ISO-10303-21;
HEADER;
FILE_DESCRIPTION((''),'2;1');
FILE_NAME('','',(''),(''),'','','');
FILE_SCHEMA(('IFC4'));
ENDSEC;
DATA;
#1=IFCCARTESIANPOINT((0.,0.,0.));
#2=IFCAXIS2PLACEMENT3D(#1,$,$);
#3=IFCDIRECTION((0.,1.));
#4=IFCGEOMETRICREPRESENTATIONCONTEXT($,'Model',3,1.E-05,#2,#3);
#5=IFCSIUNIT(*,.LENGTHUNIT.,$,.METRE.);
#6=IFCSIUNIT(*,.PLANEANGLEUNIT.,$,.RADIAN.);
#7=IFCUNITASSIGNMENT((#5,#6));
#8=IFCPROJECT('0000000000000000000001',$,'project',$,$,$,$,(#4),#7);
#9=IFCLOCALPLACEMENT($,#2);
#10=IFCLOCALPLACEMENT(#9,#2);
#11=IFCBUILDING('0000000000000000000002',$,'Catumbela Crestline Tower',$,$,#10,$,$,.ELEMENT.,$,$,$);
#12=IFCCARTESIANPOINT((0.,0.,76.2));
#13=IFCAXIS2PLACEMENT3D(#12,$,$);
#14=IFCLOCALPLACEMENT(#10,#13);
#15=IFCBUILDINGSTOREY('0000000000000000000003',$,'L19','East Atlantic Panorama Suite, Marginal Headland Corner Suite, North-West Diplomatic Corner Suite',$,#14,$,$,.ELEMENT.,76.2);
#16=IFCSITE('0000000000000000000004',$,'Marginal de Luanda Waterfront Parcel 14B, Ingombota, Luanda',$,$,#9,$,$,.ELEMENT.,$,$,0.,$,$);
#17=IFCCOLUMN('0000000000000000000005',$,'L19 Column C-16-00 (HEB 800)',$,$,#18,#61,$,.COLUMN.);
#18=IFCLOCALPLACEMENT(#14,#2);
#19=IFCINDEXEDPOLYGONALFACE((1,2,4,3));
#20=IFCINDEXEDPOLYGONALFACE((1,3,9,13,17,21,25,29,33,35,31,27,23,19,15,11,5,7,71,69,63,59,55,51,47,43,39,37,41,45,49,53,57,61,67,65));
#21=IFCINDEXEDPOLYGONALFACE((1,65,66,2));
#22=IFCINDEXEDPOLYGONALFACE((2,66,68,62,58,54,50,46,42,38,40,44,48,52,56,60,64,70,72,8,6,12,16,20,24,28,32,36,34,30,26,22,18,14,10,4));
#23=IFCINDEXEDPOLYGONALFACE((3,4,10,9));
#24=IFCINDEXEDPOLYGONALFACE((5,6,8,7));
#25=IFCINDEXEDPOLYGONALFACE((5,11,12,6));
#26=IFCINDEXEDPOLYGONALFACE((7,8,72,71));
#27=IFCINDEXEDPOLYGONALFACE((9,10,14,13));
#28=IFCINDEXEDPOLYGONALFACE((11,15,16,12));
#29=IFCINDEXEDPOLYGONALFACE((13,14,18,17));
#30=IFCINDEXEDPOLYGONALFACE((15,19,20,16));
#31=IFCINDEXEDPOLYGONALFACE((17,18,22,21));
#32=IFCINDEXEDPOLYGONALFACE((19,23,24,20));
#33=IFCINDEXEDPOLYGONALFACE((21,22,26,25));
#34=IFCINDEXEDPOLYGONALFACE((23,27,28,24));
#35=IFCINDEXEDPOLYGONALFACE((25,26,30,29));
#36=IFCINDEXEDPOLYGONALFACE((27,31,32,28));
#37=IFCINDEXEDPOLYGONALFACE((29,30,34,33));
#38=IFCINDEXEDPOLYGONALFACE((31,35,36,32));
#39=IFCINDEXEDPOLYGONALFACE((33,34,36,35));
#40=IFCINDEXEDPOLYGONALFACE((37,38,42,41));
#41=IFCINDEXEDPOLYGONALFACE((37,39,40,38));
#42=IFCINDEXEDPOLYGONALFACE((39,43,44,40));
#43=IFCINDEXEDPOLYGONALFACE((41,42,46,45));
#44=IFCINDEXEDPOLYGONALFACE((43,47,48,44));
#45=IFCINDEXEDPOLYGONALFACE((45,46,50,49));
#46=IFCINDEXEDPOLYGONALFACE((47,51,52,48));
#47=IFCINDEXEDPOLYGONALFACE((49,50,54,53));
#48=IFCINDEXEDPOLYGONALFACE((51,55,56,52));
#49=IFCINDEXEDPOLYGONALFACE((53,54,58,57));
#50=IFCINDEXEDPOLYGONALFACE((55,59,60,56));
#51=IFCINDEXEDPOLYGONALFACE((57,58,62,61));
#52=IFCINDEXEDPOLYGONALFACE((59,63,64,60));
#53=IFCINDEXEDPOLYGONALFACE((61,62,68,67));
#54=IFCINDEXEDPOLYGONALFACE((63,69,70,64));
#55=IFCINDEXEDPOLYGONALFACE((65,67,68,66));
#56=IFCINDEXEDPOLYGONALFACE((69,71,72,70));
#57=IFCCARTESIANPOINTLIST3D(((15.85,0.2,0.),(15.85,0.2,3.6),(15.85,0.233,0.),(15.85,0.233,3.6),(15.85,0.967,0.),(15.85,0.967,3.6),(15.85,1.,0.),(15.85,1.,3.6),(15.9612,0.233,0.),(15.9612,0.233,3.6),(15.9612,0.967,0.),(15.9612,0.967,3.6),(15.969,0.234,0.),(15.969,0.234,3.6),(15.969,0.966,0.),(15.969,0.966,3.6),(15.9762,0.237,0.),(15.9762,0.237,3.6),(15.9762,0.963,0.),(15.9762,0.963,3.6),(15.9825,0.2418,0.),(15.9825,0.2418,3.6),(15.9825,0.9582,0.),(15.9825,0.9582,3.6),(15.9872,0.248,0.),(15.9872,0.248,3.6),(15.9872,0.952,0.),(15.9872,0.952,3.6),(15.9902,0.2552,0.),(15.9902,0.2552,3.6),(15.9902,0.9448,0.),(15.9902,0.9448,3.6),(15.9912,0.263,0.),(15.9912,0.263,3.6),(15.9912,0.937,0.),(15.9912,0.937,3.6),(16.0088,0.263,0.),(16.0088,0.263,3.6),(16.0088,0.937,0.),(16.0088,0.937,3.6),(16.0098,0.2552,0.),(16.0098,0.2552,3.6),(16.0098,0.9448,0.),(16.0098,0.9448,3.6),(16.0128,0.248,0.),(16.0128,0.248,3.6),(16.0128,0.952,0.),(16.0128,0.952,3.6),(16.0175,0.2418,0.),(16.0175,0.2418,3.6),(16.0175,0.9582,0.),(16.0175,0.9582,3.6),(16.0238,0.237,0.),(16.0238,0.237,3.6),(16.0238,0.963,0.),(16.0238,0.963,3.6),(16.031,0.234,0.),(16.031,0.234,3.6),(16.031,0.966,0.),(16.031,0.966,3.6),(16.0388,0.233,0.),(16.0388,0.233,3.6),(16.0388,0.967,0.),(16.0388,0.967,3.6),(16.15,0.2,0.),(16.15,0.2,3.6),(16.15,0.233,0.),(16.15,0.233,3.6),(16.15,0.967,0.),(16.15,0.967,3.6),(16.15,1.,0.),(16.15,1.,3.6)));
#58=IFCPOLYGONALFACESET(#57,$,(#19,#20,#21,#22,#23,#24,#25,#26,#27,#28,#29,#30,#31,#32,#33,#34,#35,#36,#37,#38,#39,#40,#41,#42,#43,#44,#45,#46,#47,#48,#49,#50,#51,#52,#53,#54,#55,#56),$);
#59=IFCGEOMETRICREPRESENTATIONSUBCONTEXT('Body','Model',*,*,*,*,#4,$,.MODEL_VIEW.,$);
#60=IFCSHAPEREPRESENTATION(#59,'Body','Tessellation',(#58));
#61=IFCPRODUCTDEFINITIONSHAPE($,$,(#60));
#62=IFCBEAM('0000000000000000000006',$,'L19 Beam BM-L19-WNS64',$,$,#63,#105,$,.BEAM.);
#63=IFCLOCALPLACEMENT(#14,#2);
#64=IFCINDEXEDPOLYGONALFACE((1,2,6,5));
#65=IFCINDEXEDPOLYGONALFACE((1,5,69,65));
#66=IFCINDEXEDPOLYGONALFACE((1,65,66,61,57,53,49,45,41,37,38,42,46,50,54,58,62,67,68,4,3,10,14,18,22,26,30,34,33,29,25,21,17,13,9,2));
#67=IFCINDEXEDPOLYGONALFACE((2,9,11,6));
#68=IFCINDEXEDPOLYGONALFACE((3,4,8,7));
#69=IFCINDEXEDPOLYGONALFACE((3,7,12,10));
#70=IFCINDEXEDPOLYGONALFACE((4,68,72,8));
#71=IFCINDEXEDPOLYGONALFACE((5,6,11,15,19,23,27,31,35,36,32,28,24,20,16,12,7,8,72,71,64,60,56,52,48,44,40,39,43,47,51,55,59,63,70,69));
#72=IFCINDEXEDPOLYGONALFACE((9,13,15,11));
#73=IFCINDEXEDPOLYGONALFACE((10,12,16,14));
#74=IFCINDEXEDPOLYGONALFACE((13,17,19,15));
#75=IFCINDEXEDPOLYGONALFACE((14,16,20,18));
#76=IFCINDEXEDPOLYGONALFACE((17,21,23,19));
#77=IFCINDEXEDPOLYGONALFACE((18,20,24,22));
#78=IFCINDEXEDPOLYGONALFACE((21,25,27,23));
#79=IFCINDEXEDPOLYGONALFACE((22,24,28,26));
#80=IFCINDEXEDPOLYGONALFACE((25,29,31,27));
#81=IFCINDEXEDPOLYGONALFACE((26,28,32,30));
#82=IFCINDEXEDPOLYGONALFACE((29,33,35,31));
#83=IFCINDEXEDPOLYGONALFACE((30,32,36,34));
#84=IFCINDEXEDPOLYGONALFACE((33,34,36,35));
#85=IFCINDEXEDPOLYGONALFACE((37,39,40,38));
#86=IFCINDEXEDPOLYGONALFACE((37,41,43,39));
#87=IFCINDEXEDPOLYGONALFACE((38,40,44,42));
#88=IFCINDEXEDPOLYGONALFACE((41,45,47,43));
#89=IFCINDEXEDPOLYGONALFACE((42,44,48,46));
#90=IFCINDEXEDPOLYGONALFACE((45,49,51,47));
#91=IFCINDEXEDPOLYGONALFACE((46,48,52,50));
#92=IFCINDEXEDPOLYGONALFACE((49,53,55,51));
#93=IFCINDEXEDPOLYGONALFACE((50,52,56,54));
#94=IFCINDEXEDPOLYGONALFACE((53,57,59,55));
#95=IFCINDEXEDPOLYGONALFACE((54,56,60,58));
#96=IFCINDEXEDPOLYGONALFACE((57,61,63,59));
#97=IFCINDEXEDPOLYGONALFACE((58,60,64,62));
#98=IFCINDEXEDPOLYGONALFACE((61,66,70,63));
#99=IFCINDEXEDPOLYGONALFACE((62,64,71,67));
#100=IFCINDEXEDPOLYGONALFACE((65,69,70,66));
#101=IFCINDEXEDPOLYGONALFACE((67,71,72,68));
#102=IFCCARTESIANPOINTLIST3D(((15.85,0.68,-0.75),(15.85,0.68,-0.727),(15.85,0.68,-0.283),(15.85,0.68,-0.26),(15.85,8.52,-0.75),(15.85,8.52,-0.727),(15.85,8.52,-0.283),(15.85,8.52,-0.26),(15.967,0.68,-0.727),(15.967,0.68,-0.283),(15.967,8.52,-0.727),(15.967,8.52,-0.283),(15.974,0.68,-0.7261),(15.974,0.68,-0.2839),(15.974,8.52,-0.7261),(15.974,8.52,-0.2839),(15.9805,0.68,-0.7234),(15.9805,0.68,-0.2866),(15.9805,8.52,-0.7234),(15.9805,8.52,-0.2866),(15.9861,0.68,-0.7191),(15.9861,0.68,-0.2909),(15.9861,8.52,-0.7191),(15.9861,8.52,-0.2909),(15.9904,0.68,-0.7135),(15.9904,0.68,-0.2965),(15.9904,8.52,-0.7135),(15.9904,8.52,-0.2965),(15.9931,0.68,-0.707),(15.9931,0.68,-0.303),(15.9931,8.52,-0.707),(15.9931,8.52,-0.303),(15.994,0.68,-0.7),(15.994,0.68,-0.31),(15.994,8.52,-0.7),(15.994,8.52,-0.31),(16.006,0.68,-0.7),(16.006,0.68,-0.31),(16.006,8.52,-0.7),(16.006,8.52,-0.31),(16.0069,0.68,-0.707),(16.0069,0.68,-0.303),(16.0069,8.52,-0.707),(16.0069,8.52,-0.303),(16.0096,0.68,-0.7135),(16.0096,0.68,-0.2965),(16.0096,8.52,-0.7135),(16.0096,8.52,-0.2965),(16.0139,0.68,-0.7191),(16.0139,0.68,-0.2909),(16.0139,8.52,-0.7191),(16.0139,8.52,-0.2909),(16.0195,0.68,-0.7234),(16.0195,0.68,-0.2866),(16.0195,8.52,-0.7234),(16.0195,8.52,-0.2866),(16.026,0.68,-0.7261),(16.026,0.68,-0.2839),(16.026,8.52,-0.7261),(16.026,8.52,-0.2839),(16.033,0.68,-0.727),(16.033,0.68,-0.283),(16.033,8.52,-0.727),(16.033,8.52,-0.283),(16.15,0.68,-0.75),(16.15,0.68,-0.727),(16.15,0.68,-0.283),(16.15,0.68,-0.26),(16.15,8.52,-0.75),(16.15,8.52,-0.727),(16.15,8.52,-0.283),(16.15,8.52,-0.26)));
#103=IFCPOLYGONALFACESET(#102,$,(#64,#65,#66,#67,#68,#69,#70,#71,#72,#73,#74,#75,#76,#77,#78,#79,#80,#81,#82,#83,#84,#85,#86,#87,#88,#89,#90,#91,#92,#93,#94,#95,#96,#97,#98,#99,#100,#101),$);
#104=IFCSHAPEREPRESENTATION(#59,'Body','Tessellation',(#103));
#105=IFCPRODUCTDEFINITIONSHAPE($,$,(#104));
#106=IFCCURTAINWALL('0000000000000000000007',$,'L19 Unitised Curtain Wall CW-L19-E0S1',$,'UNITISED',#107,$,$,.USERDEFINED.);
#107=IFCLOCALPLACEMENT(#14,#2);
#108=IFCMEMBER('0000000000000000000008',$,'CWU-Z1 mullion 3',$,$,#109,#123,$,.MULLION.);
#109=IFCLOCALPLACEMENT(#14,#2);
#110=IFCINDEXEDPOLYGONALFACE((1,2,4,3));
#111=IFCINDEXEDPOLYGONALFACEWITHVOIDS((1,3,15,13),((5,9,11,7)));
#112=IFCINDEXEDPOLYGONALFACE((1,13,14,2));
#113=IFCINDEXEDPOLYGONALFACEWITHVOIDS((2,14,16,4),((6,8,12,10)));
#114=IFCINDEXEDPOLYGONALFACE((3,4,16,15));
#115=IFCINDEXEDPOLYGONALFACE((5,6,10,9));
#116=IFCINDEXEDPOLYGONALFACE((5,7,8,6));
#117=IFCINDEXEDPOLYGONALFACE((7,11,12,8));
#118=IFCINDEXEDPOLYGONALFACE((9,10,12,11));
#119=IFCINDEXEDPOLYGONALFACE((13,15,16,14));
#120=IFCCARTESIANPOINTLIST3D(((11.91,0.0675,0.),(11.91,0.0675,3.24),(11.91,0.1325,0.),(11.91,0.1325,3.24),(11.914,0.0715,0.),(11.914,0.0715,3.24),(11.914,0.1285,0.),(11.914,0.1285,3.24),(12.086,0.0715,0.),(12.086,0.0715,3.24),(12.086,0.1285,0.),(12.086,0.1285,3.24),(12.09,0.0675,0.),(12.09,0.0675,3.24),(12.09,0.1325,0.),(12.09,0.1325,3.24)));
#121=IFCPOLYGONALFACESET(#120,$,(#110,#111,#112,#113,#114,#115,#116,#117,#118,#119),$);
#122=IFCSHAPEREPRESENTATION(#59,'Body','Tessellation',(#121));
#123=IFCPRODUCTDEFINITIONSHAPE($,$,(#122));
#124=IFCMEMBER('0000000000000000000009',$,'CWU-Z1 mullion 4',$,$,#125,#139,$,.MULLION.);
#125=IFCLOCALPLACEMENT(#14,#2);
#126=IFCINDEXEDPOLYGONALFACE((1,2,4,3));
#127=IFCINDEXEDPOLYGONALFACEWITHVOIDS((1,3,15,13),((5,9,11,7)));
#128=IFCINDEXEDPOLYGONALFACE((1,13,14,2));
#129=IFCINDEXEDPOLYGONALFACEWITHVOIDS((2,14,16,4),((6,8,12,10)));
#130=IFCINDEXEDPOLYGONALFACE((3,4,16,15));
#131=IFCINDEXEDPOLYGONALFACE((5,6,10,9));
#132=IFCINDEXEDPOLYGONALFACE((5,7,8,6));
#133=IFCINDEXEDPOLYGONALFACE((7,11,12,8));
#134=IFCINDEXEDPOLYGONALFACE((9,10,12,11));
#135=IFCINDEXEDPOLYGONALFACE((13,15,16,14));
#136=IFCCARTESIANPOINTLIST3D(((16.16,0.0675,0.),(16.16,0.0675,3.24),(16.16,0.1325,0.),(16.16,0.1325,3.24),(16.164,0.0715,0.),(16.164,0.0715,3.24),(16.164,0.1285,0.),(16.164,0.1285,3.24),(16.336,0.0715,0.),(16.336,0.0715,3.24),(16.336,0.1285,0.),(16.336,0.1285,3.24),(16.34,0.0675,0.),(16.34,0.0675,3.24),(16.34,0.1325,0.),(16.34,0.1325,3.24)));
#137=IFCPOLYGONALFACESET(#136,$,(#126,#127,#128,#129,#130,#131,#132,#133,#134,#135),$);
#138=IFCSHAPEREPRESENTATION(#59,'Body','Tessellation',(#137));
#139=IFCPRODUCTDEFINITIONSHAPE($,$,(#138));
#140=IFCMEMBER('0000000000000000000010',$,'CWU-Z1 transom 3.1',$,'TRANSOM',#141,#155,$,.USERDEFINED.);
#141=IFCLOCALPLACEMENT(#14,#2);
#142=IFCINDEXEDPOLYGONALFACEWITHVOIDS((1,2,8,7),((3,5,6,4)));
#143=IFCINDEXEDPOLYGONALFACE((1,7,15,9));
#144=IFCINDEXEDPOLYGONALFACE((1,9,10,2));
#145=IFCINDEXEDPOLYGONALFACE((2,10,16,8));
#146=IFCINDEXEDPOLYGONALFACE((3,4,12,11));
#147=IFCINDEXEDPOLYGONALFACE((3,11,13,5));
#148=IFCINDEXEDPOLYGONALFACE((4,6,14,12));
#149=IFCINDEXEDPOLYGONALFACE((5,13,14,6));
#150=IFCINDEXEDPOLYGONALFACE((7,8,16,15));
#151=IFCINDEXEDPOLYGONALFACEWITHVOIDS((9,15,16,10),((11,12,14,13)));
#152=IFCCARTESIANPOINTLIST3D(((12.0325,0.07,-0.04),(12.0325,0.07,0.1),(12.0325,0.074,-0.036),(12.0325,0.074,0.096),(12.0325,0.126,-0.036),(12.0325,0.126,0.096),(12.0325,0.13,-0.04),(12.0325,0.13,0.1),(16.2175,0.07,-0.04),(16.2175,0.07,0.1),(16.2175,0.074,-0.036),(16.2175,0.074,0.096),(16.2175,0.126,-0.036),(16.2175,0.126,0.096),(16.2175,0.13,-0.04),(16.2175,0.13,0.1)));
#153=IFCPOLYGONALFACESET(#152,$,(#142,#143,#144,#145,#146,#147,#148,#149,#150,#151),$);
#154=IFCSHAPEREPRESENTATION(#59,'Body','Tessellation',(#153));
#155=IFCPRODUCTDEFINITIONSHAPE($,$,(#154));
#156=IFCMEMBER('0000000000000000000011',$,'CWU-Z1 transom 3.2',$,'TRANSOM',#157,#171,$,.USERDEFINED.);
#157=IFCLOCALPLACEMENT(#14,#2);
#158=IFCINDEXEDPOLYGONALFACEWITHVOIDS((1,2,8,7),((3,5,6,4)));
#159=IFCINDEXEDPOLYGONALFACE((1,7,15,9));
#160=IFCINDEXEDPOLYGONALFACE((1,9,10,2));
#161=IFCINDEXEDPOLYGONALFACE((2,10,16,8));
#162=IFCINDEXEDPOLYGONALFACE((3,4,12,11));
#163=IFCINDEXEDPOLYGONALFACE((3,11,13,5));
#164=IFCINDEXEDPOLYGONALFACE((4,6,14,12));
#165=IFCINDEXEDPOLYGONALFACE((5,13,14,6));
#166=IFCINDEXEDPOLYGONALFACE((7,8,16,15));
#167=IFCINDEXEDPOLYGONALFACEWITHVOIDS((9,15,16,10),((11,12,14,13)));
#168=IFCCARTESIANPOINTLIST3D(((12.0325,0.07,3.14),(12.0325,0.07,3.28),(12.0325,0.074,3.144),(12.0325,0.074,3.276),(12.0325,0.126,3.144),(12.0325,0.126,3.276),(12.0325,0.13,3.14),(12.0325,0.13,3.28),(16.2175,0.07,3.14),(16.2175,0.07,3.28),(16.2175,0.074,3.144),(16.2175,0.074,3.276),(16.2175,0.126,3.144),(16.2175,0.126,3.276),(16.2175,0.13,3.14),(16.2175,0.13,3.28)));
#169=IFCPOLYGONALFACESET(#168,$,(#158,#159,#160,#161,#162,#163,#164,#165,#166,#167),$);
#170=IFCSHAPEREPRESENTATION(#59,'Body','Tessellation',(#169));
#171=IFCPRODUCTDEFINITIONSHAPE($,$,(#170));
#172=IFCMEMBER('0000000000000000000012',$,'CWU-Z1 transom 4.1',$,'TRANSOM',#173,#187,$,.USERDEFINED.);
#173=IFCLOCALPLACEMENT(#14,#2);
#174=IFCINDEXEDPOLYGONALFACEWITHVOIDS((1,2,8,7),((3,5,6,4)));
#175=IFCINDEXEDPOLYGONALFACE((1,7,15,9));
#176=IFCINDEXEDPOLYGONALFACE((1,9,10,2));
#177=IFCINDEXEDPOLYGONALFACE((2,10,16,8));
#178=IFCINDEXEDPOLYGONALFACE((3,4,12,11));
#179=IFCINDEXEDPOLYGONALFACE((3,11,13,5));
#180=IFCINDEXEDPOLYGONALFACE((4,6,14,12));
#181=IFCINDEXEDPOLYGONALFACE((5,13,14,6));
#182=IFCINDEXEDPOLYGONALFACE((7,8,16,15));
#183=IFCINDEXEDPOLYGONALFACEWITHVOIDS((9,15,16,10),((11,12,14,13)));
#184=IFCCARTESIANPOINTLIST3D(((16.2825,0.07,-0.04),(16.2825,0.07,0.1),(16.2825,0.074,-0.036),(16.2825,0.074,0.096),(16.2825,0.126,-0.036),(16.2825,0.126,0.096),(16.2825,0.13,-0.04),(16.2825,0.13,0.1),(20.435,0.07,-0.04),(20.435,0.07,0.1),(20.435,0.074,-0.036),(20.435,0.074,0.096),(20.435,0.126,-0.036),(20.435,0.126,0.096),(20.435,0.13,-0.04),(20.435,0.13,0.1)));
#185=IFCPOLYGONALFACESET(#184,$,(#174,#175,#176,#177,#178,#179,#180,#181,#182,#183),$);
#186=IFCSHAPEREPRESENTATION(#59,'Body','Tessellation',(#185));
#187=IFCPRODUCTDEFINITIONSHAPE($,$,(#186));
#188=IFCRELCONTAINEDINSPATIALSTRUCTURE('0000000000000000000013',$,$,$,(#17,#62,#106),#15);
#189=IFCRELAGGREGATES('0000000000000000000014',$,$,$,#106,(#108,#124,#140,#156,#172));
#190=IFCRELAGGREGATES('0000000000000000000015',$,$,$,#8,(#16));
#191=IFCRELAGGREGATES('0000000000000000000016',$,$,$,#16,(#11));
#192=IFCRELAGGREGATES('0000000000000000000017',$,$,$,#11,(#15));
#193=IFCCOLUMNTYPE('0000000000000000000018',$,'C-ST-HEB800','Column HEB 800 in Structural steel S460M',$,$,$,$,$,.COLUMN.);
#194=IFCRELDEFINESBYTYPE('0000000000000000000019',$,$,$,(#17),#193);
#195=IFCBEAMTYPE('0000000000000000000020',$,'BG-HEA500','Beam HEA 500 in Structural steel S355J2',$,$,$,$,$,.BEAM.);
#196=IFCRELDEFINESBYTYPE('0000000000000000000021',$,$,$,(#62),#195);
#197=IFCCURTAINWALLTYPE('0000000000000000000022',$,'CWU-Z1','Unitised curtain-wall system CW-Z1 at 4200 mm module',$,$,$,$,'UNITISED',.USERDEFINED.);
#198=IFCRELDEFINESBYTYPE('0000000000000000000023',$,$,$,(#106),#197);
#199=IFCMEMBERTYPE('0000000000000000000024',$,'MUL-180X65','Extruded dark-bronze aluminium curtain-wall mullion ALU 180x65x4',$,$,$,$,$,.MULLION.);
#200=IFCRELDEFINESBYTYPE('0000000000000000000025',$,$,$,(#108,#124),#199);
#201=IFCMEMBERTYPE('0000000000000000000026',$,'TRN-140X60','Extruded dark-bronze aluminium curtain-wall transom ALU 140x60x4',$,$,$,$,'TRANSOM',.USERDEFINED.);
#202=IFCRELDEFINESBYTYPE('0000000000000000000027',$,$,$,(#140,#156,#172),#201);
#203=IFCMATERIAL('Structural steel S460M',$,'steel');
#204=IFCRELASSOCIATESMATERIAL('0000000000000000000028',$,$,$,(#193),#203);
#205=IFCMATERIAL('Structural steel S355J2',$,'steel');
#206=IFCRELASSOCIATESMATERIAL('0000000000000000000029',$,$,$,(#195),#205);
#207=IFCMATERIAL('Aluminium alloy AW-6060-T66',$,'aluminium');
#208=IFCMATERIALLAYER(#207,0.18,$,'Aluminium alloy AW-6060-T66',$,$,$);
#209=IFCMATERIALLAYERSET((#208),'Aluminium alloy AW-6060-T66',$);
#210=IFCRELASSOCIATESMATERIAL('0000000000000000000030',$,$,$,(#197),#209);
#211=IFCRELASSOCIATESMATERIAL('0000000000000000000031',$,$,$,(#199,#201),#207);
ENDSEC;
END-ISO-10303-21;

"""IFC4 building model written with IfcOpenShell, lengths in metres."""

from ifc_helpers import new_model, si_unit, direction, frame, origin, origin_2d, place, context, subcontext, project, spatial, hollow_rectangle, i_section, extrude, material, layer, layer_set, material_profile, profile_set, type_object, element, aggregate, save


model = new_model("IFC4")

# Units and contexts
model_context = context("Model", 3, precision=1e-05, world=origin(), true_north=direction((0.0, 1.0)))
body_context = subcontext(model_context, "Body", "Model", "MODEL_VIEW")
ifc_project = project(units=[si_unit("LENGTHUNIT", "METRE"), si_unit("PLANEANGLEUNIT", "RADIAN")], contexts=[model_context])

# Site, building, storey
site_placement = place(None, origin())
site = spatial("IfcSite", under=ifc_project, at=site_placement, Name="Marginal de Luanda Waterfront Parcel 14B, Ingombota, Luanda", CompositionType="ELEMENT", RefElevation=0.0)
building_placement = place(site_placement, origin())
building = spatial("IfcBuilding", under=site, at=building_placement, Name="Catumbela Crestline Tower", CompositionType="ELEMENT")
storey_placement = place(building_placement, frame((0.0, 0.0, 76.2)))
storey = spatial("IfcBuildingStorey", under=building, at=storey_placement, Name="L19", Description="East Atlantic Panorama Suite, Marginal Headland Corner Suite, North-West Diplomatic Corner Suite", CompositionType="ELEMENT", Elevation=76.2)

# Column
ifc_material_1 = material(Name="Structural steel S460M", Category="steel")
ifc_material_profile_1 = material_profile(ifc_material_1, i_section(OverallWidth=0.3, OverallDepth=0.8, WebThickness=0.0175, FlangeThickness=0.033, FilletRadius=0.03, at=origin_2d()), Name="HEB 800")
ifc_profile_set_1 = profile_set([ifc_material_profile_1], Name="Structural steel S460M")
column_type = type_object("IfcColumnType", Name="C-ST-HEB800", Description="Column HEB 800 in Structural steel S460M", PredefinedType="COLUMN", material=ifc_profile_set_1)
column_placement = place(storey_placement, frame((16.0, 0.6, 0.0), z_axis=(0.0, 0.0, 1.0), x_axis=(1.0, 0.0, 0.0)))
element("IfcColumn", 1, at=column_placement, inside=storey, type_object=column_type, Name="L19 Column C-16-00 (HEB 800)", PredefinedType="COLUMN", context=body_context, shape_type="SweptSolid", body=[
    extrude(i_section(OverallWidth=0.3, OverallDepth=0.8, WebThickness=0.0175, FlangeThickness=0.033, FilletRadius=0.03, at=origin_2d()), origin(), (0.0, 0.0, 1.0), 3.6),
])

# Beam
ifc_material_2 = material(Name="Structural steel S355J2", Category="steel")
ifc_material_profile_2 = material_profile(ifc_material_2, i_section(OverallWidth=0.3, OverallDepth=0.49, WebThickness=0.012, FlangeThickness=0.023, FilletRadius=0.027, at=origin_2d()), Name="HEA 500")
ifc_profile_set_2 = profile_set([ifc_material_profile_2], Name="Structural steel S355J2")
beam_type = type_object("IfcBeamType", Name="BG-HEA500", Description="Beam HEA 500 in Structural steel S355J2", PredefinedType="BEAM", material=ifc_profile_set_2)
beam_placement = place(storey_placement, frame((16.0, 0.68, -0.505), z_axis=(0.0, 1.0, 0.0), x_axis=(-1.0, 0.0, 0.0)))
element("IfcBeam", 2, at=beam_placement, inside=storey, type_object=beam_type, Name="L19 Beam BM-L19-WNS64", PredefinedType="BEAM", context=body_context, shape_type="SweptSolid", body=[
    extrude(i_section(OverallWidth=0.3, OverallDepth=0.49, WebThickness=0.012, FlangeThickness=0.023, FilletRadius=0.027, at=origin_2d()), origin(), (0.0, 0.0, 1.0), 7.84),
])

# Curtain wall, members
ifc_material_3 = material(Name="Aluminium alloy AW-6060-T66", Category="aluminium")
ifc_layer_1 = layer(ifc_material_3, 0.18, Name="Aluminium alloy AW-6060-T66")
ifc_layer_set_1 = layer_set([ifc_layer_1], Name="Aluminium alloy AW-6060-T66")
curtain_wall_type = type_object("IfcCurtainWallType", Name="CWU-Z1", Description="Unitised curtain-wall system CW-Z1 at 4200 mm module", ElementType="UNITISED", PredefinedType="USERDEFINED", material=ifc_layer_set_1)
curtain_wall_placement = place(storey_placement, origin())
curtain_wall = element("IfcCurtainWall", 3, at=curtain_wall_placement, inside=storey, type_object=curtain_wall_type, Name="L19 Unitised Curtain Wall CW-L19-E0S1", ObjectType="UNITISED", PredefinedType="USERDEFINED")
ifc_material_profile_3 = material_profile(ifc_material_3, hollow_rectangle(XDim=0.065, YDim=0.18, WallThickness=0.004, at=origin_2d()), Name="ALU 180x65x4")
ifc_profile_set_3 = profile_set([ifc_material_profile_3], Name="Aluminium alloy AW-6060-T66")
member_type_1 = type_object("IfcMemberType", Name="MUL-180X65", Description="Extruded dark-bronze aluminium curtain-wall mullion ALU 180x65x4", PredefinedType="MULLION", material=ifc_profile_set_3)
member_1_placement = place(storey_placement, frame((12.0, 0.1, 0.0), z_axis=(0.0, 0.0, 1.0), x_axis=(0.0, 1.0, 0.0)))
member_1 = element("IfcMember", 4, at=member_1_placement, type_object=member_type_1, Name="CWU-Z1 mullion 3", PredefinedType="MULLION", context=body_context, shape_type="SweptSolid", body=[
    extrude(hollow_rectangle(XDim=0.065, YDim=0.18, WallThickness=0.004, at=origin_2d()), origin(), (0.0, 0.0, 1.0), 3.24),
])
member_2_placement = place(storey_placement, frame((16.25, 0.1, 0.0), z_axis=(0.0, 0.0, 1.0), x_axis=(0.0, 1.0, 0.0)))
member_2 = element("IfcMember", 5, at=member_2_placement, type_object=member_type_1, Name="CWU-Z1 mullion 4", PredefinedType="MULLION", context=body_context, shape_type="SweptSolid", body=[
    extrude(hollow_rectangle(XDim=0.065, YDim=0.18, WallThickness=0.004, at=origin_2d()), origin(), (0.0, 0.0, 1.0), 3.24),
])
ifc_material_profile_4 = material_profile(ifc_material_3, hollow_rectangle(XDim=0.06, YDim=0.14, WallThickness=0.004, at=origin_2d()), Name="ALU 140x60x4")
ifc_profile_set_4 = profile_set([ifc_material_profile_4], Name="Aluminium alloy AW-6060-T66")
member_type_2 = type_object("IfcMemberType", Name="TRN-140X60", Description="Extruded dark-bronze aluminium curtain-wall transom ALU 140x60x4", ElementType="TRANSOM", PredefinedType="USERDEFINED", material=ifc_profile_set_4)
member_3_placement = place(storey_placement, frame((12.0325, 0.1, 0.03), z_axis=(1.0, 0.0, 0.0), x_axis=(0.0, 1.0, 0.0)))
member_3 = element("IfcMember", 6, at=member_3_placement, type_object=member_type_2, Name="CWU-Z1 transom 3.1", ObjectType="TRANSOM", PredefinedType="USERDEFINED", context=body_context, shape_type="SweptSolid", body=[
    extrude(hollow_rectangle(XDim=0.06, YDim=0.14, WallThickness=0.004, at=origin_2d()), origin(), (0.0, 0.0, 1.0), 4.185),
])
member_4_placement = place(storey_placement, frame((12.0325, 0.1, 3.21), z_axis=(1.0, 0.0, 0.0), x_axis=(0.0, 1.0, 0.0)))
member_4 = element("IfcMember", 7, at=member_4_placement, type_object=member_type_2, Name="CWU-Z1 transom 3.2", ObjectType="TRANSOM", PredefinedType="USERDEFINED", context=body_context, shape_type="SweptSolid", body=[
    extrude(hollow_rectangle(XDim=0.06, YDim=0.14, WallThickness=0.004, at=origin_2d()), origin(), (0.0, 0.0, 1.0), 4.185),
])
member_5_placement = place(storey_placement, frame((16.2825, 0.1, 0.03), z_axis=(1.0, 0.0, 0.0), x_axis=(0.0, 1.0, 0.0)))
member_5 = element("IfcMember", 8, at=member_5_placement, type_object=member_type_2, Name="CWU-Z1 transom 4.1", ObjectType="TRANSOM", PredefinedType="USERDEFINED", context=body_context, shape_type="SweptSolid", body=[
    extrude(hollow_rectangle(XDim=0.06, YDim=0.14, WallThickness=0.004, at=origin_2d()), origin(), (0.0, 0.0, 1.0), 4.1525),
])
aggregate(curtain_wall, [member_1, member_2, member_3, member_4, member_5])

save(model, "model.ifc")
